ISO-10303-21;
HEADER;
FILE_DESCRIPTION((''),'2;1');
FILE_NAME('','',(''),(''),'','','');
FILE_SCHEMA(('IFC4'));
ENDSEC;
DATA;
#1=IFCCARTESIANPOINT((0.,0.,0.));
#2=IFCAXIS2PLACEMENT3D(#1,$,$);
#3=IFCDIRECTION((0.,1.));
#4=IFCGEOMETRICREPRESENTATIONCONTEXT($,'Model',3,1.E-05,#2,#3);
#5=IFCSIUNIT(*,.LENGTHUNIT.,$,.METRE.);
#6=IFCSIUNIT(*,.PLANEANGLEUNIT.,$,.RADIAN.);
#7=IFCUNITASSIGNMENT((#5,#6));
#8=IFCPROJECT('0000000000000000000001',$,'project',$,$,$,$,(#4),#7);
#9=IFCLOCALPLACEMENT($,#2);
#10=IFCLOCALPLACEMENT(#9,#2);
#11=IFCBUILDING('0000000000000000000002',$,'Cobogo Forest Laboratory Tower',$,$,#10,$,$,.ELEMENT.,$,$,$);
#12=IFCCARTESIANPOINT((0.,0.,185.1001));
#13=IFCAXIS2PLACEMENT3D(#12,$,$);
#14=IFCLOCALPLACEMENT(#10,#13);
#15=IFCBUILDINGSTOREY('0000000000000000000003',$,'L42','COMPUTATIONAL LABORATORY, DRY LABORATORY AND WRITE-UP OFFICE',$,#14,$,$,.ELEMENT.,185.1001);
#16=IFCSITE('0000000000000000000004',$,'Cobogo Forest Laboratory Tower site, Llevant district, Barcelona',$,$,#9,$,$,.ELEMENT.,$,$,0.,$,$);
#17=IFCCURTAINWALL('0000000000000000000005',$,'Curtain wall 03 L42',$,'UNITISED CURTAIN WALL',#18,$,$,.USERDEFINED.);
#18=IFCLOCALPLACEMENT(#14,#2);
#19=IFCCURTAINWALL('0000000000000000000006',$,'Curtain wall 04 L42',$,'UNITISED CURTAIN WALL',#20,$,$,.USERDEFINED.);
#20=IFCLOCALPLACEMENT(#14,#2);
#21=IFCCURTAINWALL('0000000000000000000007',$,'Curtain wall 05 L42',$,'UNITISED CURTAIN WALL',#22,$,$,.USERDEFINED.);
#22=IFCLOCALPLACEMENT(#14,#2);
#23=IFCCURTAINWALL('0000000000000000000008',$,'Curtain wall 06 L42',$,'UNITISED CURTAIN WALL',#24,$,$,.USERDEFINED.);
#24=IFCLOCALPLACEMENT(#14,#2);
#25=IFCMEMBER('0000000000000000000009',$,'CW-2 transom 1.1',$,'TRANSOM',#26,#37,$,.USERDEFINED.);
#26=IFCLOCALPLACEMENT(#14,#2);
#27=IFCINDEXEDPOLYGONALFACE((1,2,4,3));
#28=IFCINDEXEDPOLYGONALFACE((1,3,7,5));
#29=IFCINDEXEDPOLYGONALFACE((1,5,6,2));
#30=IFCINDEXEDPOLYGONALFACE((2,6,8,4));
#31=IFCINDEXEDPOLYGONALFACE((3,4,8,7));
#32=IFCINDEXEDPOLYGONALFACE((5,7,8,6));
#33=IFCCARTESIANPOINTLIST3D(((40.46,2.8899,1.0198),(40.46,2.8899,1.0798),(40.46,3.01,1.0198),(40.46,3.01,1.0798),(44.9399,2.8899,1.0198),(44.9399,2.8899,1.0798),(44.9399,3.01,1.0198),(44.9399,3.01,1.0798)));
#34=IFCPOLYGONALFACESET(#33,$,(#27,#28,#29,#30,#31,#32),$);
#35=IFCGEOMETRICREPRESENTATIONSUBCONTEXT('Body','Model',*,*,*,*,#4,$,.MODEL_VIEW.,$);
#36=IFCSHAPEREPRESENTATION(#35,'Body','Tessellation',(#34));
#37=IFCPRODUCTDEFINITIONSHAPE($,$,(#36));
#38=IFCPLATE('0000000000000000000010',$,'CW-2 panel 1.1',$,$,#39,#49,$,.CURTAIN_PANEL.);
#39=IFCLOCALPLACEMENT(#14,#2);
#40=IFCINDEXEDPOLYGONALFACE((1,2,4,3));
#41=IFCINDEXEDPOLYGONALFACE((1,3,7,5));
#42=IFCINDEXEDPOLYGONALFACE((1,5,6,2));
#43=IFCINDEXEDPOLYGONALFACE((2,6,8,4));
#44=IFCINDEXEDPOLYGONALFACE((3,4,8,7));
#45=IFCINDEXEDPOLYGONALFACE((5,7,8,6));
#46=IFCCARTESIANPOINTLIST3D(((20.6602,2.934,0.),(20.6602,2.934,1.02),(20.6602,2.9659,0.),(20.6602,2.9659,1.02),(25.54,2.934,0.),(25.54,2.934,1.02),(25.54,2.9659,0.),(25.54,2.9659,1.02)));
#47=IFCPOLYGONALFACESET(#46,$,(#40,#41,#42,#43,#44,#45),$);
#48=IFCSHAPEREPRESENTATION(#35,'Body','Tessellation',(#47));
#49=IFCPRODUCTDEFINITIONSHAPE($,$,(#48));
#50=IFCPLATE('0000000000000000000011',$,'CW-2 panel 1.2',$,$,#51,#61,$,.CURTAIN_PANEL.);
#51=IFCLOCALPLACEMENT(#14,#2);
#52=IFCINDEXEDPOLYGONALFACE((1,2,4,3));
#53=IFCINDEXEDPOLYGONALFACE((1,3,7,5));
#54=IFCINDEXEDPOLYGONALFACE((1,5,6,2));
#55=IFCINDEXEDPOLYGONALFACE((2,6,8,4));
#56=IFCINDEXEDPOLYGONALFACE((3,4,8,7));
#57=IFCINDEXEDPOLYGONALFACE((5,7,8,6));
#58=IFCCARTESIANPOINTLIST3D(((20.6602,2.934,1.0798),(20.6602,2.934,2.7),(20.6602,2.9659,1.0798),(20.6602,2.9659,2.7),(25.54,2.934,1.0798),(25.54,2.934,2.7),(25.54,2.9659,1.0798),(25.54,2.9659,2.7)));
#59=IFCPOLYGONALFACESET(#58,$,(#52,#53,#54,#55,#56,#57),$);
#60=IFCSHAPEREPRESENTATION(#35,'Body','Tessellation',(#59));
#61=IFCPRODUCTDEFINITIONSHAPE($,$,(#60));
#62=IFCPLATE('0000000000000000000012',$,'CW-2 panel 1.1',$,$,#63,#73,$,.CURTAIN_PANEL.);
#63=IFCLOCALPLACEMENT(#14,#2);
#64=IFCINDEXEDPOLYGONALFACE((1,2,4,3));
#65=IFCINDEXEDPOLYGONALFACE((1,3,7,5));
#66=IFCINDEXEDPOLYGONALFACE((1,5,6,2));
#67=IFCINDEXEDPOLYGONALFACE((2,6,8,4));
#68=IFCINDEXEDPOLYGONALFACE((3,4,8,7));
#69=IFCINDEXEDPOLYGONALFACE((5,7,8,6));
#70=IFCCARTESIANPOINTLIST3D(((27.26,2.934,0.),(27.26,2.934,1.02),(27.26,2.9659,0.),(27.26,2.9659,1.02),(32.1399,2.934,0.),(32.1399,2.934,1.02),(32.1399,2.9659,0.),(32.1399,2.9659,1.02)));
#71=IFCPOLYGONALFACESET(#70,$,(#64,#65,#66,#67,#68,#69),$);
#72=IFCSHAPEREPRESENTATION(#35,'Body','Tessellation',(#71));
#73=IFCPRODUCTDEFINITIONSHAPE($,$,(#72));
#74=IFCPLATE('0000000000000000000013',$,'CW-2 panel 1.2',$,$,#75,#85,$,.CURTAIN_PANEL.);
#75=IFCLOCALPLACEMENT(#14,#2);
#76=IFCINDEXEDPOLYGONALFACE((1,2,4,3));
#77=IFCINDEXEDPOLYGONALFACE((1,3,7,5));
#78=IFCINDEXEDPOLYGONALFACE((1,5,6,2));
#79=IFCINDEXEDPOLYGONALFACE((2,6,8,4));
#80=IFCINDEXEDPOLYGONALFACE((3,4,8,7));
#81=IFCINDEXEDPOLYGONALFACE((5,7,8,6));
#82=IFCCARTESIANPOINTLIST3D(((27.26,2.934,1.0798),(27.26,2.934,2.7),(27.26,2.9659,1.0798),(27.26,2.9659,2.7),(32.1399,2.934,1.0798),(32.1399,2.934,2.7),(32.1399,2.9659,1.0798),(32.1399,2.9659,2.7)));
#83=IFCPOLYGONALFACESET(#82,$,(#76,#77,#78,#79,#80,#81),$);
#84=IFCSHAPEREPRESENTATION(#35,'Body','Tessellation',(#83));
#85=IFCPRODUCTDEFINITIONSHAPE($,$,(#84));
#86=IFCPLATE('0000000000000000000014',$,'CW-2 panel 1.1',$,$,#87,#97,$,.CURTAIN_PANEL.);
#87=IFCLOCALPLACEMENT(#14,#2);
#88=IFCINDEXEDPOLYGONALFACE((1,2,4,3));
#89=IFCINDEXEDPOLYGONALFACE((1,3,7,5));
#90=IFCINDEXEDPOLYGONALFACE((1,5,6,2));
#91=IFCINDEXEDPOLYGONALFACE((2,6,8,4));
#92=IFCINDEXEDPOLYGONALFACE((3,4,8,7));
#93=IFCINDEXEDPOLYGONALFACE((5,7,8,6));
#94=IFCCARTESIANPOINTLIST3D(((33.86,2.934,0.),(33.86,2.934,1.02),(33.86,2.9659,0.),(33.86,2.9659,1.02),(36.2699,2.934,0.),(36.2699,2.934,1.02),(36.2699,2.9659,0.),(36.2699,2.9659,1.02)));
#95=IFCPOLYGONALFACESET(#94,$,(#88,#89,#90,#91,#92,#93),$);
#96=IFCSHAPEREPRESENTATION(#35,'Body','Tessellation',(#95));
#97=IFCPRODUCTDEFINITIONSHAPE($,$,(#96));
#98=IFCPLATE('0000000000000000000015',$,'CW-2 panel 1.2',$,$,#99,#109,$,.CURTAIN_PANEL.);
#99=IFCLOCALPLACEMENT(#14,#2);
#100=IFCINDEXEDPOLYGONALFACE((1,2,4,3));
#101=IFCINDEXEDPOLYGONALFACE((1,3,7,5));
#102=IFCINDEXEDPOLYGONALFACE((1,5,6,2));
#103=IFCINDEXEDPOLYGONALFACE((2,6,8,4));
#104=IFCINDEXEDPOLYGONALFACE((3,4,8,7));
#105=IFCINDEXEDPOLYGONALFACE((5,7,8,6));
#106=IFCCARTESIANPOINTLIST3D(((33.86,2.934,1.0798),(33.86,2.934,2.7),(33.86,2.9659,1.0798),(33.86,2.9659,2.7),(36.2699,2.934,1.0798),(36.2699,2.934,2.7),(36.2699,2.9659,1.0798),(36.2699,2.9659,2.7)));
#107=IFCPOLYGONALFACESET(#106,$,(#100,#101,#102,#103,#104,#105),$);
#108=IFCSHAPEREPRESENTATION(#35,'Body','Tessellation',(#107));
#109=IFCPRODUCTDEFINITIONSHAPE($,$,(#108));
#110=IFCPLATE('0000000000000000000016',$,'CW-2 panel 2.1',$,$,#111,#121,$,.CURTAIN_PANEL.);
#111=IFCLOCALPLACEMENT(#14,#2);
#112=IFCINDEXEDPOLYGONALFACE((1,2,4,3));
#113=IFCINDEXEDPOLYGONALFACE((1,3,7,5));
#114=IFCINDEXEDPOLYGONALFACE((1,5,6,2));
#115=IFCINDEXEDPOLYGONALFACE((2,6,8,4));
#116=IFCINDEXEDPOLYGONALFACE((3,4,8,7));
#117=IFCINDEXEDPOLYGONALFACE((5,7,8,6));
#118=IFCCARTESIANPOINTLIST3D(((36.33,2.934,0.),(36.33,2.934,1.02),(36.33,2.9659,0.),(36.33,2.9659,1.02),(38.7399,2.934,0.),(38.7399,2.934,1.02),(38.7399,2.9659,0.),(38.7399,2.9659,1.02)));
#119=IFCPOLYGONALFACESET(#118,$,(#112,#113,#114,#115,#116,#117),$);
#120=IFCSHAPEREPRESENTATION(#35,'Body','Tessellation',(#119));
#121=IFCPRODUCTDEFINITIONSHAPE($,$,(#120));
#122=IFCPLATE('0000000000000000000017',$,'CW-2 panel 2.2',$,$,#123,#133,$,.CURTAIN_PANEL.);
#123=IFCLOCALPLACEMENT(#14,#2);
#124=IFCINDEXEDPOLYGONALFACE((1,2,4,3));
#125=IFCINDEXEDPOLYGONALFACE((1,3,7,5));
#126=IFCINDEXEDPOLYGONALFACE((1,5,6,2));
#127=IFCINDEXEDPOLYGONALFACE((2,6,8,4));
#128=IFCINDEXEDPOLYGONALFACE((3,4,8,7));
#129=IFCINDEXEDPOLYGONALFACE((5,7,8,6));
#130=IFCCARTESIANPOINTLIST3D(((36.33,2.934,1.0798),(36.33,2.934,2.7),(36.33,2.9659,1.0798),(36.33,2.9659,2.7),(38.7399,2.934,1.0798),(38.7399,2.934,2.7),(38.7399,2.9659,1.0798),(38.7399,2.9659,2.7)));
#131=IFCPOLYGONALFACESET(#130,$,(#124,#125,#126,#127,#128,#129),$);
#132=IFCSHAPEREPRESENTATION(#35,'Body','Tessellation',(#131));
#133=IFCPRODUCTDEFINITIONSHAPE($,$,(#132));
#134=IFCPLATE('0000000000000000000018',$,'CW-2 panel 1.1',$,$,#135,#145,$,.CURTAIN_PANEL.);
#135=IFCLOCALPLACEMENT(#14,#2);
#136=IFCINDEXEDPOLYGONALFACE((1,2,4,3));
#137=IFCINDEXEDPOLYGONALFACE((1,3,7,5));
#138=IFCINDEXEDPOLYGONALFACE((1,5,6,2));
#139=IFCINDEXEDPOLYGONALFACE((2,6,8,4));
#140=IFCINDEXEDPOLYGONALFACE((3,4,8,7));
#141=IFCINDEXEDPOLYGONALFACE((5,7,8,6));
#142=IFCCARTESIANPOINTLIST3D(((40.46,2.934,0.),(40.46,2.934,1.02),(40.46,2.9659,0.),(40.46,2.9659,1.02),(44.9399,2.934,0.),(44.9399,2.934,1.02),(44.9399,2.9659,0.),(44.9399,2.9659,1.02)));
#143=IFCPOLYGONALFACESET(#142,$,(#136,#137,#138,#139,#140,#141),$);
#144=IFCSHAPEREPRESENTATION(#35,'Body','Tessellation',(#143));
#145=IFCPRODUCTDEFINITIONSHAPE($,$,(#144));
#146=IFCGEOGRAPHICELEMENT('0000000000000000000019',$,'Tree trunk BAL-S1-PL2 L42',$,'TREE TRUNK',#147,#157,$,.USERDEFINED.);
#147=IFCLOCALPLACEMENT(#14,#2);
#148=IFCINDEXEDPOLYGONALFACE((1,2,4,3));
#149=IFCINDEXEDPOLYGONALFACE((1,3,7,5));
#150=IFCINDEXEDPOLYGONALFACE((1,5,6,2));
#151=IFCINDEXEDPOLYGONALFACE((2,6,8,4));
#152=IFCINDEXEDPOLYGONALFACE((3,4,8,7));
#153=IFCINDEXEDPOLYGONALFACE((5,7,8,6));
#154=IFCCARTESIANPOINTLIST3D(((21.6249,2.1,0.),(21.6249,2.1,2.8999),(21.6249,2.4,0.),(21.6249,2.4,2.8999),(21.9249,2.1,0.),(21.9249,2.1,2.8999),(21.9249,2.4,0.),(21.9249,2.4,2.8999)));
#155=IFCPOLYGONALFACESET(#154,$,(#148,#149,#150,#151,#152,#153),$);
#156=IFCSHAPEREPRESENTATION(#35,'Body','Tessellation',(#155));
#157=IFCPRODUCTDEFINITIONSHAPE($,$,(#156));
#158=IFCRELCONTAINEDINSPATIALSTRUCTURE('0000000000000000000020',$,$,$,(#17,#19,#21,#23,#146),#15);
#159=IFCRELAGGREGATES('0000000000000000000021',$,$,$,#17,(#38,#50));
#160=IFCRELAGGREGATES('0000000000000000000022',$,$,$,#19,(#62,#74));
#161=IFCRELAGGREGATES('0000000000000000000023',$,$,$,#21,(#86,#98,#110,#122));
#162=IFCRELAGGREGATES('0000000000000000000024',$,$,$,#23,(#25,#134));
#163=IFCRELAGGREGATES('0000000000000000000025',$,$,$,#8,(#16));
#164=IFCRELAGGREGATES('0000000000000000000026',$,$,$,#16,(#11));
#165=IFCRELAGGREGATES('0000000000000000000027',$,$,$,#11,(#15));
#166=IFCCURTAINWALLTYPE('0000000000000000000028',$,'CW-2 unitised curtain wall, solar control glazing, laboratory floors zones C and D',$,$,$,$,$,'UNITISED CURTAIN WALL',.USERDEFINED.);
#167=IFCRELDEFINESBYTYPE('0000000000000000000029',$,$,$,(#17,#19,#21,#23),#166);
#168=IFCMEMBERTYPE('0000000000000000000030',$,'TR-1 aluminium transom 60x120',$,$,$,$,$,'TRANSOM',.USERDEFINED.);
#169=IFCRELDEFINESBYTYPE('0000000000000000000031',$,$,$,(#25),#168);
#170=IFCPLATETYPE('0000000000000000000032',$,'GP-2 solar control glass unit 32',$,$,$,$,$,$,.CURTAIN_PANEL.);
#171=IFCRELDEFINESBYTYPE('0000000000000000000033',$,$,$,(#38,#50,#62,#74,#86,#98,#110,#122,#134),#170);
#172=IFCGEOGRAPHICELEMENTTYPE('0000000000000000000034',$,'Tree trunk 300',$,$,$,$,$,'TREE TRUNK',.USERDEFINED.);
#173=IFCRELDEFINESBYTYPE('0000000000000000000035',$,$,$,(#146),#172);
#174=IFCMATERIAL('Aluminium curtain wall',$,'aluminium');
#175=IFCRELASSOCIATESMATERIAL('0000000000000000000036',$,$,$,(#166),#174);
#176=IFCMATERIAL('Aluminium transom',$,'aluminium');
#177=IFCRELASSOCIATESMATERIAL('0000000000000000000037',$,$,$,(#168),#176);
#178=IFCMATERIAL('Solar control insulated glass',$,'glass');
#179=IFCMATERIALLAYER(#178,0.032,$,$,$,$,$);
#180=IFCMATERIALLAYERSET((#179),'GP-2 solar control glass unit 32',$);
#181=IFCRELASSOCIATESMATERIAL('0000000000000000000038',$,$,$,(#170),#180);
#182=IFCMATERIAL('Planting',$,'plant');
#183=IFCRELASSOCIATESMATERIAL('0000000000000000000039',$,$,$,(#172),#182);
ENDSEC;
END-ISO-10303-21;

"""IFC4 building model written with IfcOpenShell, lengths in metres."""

from ifc_helpers import new_model, si_unit, direction, frame, origin, origin_2d, place, context, subcontext, project, spatial, rectangle, extrude, material, layer, layer_set, material_profile, profile_set, type_object, element, aggregate, save


model = new_model("IFC4")

# Units and contexts
model_context = context("Model", 3, precision=1e-05, world=origin(), true_north=direction((0.0, 1.0)))
body_context = subcontext(model_context, "Body", "Model", "MODEL_VIEW")
ifc_project = project(units=[si_unit("LENGTHUNIT", "METRE"), si_unit("PLANEANGLEUNIT", "RADIAN")], contexts=[model_context])

# Site, building, storey
site_placement = place(None, origin())
site = spatial("IfcSite", under=ifc_project, at=site_placement, Name="Cobogo Forest Laboratory Tower site, Llevant district, Barcelona", CompositionType="ELEMENT", RefElevation=0.0)
building_placement = place(site_placement, origin())
building = spatial("IfcBuilding", under=site, at=building_placement, Name="Cobogo Forest Laboratory Tower", CompositionType="ELEMENT")
storey_placement = place(building_placement, frame((0.0, 0.0, 185.1001)))
storey = spatial("IfcBuildingStorey", under=building, at=storey_placement, Name="L42", Description="COMPUTATIONAL LABORATORY, DRY LABORATORY AND WRITE-UP OFFICE", CompositionType="ELEMENT", Elevation=185.1001)

# Curtain walls
ifc_material_1 = material(Name="Aluminium curtain wall", Category="aluminium")
curtain_wall_type = type_object("IfcCurtainWallType", Name="CW-2 unitised curtain wall, solar control glazing, laboratory floors zones C and D", ElementType="UNITISED CURTAIN WALL", PredefinedType="USERDEFINED", material=ifc_material_1)
curtain_wall_1_placement = place(storey_placement, origin())
curtain_wall_1 = element("IfcCurtainWall", 1, at=curtain_wall_1_placement, inside=storey, type_object=curtain_wall_type, Name="Curtain wall 03 L42", ObjectType="UNITISED CURTAIN WALL", PredefinedType="USERDEFINED")
curtain_wall_2_placement = place(storey_placement, origin())
curtain_wall_2 = element("IfcCurtainWall", 2, at=curtain_wall_2_placement, inside=storey, type_object=curtain_wall_type, Name="Curtain wall 04 L42", ObjectType="UNITISED CURTAIN WALL", PredefinedType="USERDEFINED")
curtain_wall_3_placement = place(storey_placement, origin())
curtain_wall_3 = element("IfcCurtainWall", 3, at=curtain_wall_3_placement, inside=storey, type_object=curtain_wall_type, Name="Curtain wall 05 L42", ObjectType="UNITISED CURTAIN WALL", PredefinedType="USERDEFINED")

# Curtain wall
curtain_wall_4_placement = place(storey_placement, origin())
curtain_wall_4 = element("IfcCurtainWall", 4, at=curtain_wall_4_placement, inside=storey, type_object=curtain_wall_type, Name="Curtain wall 06 L42", ObjectType="UNITISED CURTAIN WALL", PredefinedType="USERDEFINED")

# Member
ifc_material_2 = material(Name="Aluminium transom", Category="aluminium")
ifc_material_profile_1 = material_profile(ifc_material_2, rectangle(XDim=0.1201, YDim=0.0601, at=origin_2d()), Name="AL 60x120")
ifc_profile_set_1 = profile_set([ifc_material_profile_1], Name="Aluminium transom")
member_type_1 = type_object("IfcMemberType", Name="TR-1 aluminium transom 60x120", ElementType="TRANSOM", PredefinedType="USERDEFINED", material=ifc_profile_set_1)
member_1_placement = place(storey_placement, frame((40.46, 2.95, 1.0498), z_axis=(1.0, 0.0, 0.0), x_axis=(0.0, 1.0, 0.0)))
member_1 = element("IfcMember", 5, at=member_1_placement, type_object=member_type_1, Name="CW-2 transom 1.1", ObjectType="TRANSOM", PredefinedType="USERDEFINED", context=body_context, shape_type="SweptSolid", body=[
    extrude(rectangle(XDim=0.1201, YDim=0.0601, at=origin_2d()), origin(), (0.0, 0.0, 1.0), 4.48),
])

# Plates
ifc_material_3 = material(Name="Solar control insulated glass", Category="glass")
ifc_layer = layer(ifc_material_3, 0.032)
ifc_layer_set = layer_set([ifc_layer], Name="GP-2 solar control glass unit 32")
plate_type_1 = type_object("IfcPlateType", Name="GP-2 solar control glass unit 32", PredefinedType="CURTAIN_PANEL", material=ifc_layer_set)
plate_1_placement = place(storey_placement, frame((23.1001, 2.95, 0.0), z_axis=(0.0, 0.0, 1.0), x_axis=(1.0, 0.0, 0.0)))
plate_1 = element("IfcPlate", 6, at=plate_1_placement, type_object=plate_type_1, Name="CW-2 panel 1.1", PredefinedType="CURTAIN_PANEL", context=body_context, shape_type="SweptSolid", body=[
    extrude(rectangle(XDim=4.8799, YDim=0.032, at=origin_2d()), origin(), (0.0, 0.0, 1.0), 1.02),
])
plate_2_placement = place(storey_placement, frame((23.1001, 2.95, 1.0798), z_axis=(0.0, 0.0, 1.0), x_axis=(1.0, 0.0, 0.0)))
plate_2 = element("IfcPlate", 7, at=plate_2_placement, type_object=plate_type_1, Name="CW-2 panel 1.2", PredefinedType="CURTAIN_PANEL", context=body_context, shape_type="SweptSolid", body=[
    extrude(rectangle(XDim=4.8799, YDim=0.032, at=origin_2d()), origin(), (0.0, 0.0, 1.0), 1.6201),
])
aggregate(curtain_wall_1, [plate_1, plate_2])
plate_3_placement = place(storey_placement, frame((29.7, 2.95, 0.0), z_axis=(0.0, 0.0, 1.0), x_axis=(1.0, 0.0, 0.0)))
plate_3 = element("IfcPlate", 8, at=plate_3_placement, type_object=plate_type_1, Name="CW-2 panel 1.1", PredefinedType="CURTAIN_PANEL", context=body_context, shape_type="SweptSolid", body=[
    extrude(rectangle(XDim=4.8799, YDim=0.032, at=origin_2d()), origin(), (0.0, 0.0, 1.0), 1.02),
])
plate_4_placement = place(storey_placement, frame((29.7, 2.95, 1.0798), z_axis=(0.0, 0.0, 1.0), x_axis=(1.0, 0.0, 0.0)))
plate_4 = element("IfcPlate", 9, at=plate_4_placement, type_object=plate_type_1, Name="CW-2 panel 1.2", PredefinedType="CURTAIN_PANEL", context=body_context, shape_type="SweptSolid", body=[
    extrude(rectangle(XDim=4.8799, YDim=0.032, at=origin_2d()), origin(), (0.0, 0.0, 1.0), 1.6201),
])
aggregate(curtain_wall_2, [plate_3, plate_4])
plate_5_placement = place(storey_placement, frame((35.0649, 2.95, 0.0), z_axis=(0.0, 0.0, 1.0), x_axis=(1.0, 0.0, 0.0)))
plate_5 = element("IfcPlate", 10, at=plate_5_placement, type_object=plate_type_1, Name="CW-2 panel 1.1", PredefinedType="CURTAIN_PANEL", context=body_context, shape_type="SweptSolid", body=[
    extrude(rectangle(XDim=2.4099, YDim=0.032, at=origin_2d()), origin(), (0.0, 0.0, 1.0), 1.02),
])
plate_6_placement = place(storey_placement, frame((35.0649, 2.95, 1.0798), z_axis=(0.0, 0.0, 1.0), x_axis=(1.0, 0.0, 0.0)))
plate_6 = element("IfcPlate", 11, at=plate_6_placement, type_object=plate_type_1, Name="CW-2 panel 1.2", PredefinedType="CURTAIN_PANEL", context=body_context, shape_type="SweptSolid", body=[
    extrude(rectangle(XDim=2.4099, YDim=0.032, at=origin_2d()), origin(), (0.0, 0.0, 1.0), 1.6201),
])
plate_7_placement = place(storey_placement, frame((37.5349, 2.95, 0.0), z_axis=(0.0, 0.0, 1.0), x_axis=(1.0, 0.0, 0.0)))
plate_7 = element("IfcPlate", 12, at=plate_7_placement, type_object=plate_type_1, Name="CW-2 panel 2.1", PredefinedType="CURTAIN_PANEL", context=body_context, shape_type="SweptSolid", body=[
    extrude(rectangle(XDim=2.4099, YDim=0.032, at=origin_2d()), origin(), (0.0, 0.0, 1.0), 1.02),
])
plate_8_placement = place(storey_placement, frame((37.5349, 2.95, 1.0798), z_axis=(0.0, 0.0, 1.0), x_axis=(1.0, 0.0, 0.0)))
plate_8 = element("IfcPlate", 13, at=plate_8_placement, type_object=plate_type_1, Name="CW-2 panel 2.2", PredefinedType="CURTAIN_PANEL", context=body_context, shape_type="SweptSolid", body=[
    extrude(rectangle(XDim=2.4099, YDim=0.032, at=origin_2d()), origin(), (0.0, 0.0, 1.0), 1.6201),
])
aggregate(curtain_wall_3, [plate_5, plate_6, plate_7, plate_8])
plate_9_placement = place(storey_placement, frame((42.7, 2.95, 0.0), z_axis=(0.0, 0.0, 1.0), x_axis=(1.0, 0.0, 0.0)))
plate_9 = element("IfcPlate", 14, at=plate_9_placement, type_object=plate_type_1, Name="CW-2 panel 1.1", PredefinedType="CURTAIN_PANEL", context=body_context, shape_type="SweptSolid", body=[
    extrude(rectangle(XDim=4.48, YDim=0.032, at=origin_2d()), origin(), (0.0, 0.0, 1.0), 1.02),
])
aggregate(curtain_wall_4, [member_1, plate_9])

# Geographic element
ifc_material_4 = material(Name="Planting", Category="plant")
geographic_element_type = type_object("IfcGeographicElementType", Name="Tree trunk 300", ElementType="TREE TRUNK", PredefinedType="USERDEFINED", material=ifc_material_4)
geographic_element_placement = place(storey_placement, frame((21.7749, 2.25, 0.0), z_axis=(0.0, 0.0, 1.0), x_axis=(1.0, 0.0, 0.0)))
element("IfcGeographicElement", 15, at=geographic_element_placement, inside=storey, type_object=geographic_element_type, Name="Tree trunk BAL-S1-PL2 L42", ObjectType="TREE TRUNK", PredefinedType="USERDEFINED", context=body_context, shape_type="SweptSolid", body=[
    extrude(rectangle(XDim=0.3, YDim=0.3, at=origin_2d()), origin(), (0.0, 0.0, 1.0), 2.8999),
])

save(model, "model.ifc")
